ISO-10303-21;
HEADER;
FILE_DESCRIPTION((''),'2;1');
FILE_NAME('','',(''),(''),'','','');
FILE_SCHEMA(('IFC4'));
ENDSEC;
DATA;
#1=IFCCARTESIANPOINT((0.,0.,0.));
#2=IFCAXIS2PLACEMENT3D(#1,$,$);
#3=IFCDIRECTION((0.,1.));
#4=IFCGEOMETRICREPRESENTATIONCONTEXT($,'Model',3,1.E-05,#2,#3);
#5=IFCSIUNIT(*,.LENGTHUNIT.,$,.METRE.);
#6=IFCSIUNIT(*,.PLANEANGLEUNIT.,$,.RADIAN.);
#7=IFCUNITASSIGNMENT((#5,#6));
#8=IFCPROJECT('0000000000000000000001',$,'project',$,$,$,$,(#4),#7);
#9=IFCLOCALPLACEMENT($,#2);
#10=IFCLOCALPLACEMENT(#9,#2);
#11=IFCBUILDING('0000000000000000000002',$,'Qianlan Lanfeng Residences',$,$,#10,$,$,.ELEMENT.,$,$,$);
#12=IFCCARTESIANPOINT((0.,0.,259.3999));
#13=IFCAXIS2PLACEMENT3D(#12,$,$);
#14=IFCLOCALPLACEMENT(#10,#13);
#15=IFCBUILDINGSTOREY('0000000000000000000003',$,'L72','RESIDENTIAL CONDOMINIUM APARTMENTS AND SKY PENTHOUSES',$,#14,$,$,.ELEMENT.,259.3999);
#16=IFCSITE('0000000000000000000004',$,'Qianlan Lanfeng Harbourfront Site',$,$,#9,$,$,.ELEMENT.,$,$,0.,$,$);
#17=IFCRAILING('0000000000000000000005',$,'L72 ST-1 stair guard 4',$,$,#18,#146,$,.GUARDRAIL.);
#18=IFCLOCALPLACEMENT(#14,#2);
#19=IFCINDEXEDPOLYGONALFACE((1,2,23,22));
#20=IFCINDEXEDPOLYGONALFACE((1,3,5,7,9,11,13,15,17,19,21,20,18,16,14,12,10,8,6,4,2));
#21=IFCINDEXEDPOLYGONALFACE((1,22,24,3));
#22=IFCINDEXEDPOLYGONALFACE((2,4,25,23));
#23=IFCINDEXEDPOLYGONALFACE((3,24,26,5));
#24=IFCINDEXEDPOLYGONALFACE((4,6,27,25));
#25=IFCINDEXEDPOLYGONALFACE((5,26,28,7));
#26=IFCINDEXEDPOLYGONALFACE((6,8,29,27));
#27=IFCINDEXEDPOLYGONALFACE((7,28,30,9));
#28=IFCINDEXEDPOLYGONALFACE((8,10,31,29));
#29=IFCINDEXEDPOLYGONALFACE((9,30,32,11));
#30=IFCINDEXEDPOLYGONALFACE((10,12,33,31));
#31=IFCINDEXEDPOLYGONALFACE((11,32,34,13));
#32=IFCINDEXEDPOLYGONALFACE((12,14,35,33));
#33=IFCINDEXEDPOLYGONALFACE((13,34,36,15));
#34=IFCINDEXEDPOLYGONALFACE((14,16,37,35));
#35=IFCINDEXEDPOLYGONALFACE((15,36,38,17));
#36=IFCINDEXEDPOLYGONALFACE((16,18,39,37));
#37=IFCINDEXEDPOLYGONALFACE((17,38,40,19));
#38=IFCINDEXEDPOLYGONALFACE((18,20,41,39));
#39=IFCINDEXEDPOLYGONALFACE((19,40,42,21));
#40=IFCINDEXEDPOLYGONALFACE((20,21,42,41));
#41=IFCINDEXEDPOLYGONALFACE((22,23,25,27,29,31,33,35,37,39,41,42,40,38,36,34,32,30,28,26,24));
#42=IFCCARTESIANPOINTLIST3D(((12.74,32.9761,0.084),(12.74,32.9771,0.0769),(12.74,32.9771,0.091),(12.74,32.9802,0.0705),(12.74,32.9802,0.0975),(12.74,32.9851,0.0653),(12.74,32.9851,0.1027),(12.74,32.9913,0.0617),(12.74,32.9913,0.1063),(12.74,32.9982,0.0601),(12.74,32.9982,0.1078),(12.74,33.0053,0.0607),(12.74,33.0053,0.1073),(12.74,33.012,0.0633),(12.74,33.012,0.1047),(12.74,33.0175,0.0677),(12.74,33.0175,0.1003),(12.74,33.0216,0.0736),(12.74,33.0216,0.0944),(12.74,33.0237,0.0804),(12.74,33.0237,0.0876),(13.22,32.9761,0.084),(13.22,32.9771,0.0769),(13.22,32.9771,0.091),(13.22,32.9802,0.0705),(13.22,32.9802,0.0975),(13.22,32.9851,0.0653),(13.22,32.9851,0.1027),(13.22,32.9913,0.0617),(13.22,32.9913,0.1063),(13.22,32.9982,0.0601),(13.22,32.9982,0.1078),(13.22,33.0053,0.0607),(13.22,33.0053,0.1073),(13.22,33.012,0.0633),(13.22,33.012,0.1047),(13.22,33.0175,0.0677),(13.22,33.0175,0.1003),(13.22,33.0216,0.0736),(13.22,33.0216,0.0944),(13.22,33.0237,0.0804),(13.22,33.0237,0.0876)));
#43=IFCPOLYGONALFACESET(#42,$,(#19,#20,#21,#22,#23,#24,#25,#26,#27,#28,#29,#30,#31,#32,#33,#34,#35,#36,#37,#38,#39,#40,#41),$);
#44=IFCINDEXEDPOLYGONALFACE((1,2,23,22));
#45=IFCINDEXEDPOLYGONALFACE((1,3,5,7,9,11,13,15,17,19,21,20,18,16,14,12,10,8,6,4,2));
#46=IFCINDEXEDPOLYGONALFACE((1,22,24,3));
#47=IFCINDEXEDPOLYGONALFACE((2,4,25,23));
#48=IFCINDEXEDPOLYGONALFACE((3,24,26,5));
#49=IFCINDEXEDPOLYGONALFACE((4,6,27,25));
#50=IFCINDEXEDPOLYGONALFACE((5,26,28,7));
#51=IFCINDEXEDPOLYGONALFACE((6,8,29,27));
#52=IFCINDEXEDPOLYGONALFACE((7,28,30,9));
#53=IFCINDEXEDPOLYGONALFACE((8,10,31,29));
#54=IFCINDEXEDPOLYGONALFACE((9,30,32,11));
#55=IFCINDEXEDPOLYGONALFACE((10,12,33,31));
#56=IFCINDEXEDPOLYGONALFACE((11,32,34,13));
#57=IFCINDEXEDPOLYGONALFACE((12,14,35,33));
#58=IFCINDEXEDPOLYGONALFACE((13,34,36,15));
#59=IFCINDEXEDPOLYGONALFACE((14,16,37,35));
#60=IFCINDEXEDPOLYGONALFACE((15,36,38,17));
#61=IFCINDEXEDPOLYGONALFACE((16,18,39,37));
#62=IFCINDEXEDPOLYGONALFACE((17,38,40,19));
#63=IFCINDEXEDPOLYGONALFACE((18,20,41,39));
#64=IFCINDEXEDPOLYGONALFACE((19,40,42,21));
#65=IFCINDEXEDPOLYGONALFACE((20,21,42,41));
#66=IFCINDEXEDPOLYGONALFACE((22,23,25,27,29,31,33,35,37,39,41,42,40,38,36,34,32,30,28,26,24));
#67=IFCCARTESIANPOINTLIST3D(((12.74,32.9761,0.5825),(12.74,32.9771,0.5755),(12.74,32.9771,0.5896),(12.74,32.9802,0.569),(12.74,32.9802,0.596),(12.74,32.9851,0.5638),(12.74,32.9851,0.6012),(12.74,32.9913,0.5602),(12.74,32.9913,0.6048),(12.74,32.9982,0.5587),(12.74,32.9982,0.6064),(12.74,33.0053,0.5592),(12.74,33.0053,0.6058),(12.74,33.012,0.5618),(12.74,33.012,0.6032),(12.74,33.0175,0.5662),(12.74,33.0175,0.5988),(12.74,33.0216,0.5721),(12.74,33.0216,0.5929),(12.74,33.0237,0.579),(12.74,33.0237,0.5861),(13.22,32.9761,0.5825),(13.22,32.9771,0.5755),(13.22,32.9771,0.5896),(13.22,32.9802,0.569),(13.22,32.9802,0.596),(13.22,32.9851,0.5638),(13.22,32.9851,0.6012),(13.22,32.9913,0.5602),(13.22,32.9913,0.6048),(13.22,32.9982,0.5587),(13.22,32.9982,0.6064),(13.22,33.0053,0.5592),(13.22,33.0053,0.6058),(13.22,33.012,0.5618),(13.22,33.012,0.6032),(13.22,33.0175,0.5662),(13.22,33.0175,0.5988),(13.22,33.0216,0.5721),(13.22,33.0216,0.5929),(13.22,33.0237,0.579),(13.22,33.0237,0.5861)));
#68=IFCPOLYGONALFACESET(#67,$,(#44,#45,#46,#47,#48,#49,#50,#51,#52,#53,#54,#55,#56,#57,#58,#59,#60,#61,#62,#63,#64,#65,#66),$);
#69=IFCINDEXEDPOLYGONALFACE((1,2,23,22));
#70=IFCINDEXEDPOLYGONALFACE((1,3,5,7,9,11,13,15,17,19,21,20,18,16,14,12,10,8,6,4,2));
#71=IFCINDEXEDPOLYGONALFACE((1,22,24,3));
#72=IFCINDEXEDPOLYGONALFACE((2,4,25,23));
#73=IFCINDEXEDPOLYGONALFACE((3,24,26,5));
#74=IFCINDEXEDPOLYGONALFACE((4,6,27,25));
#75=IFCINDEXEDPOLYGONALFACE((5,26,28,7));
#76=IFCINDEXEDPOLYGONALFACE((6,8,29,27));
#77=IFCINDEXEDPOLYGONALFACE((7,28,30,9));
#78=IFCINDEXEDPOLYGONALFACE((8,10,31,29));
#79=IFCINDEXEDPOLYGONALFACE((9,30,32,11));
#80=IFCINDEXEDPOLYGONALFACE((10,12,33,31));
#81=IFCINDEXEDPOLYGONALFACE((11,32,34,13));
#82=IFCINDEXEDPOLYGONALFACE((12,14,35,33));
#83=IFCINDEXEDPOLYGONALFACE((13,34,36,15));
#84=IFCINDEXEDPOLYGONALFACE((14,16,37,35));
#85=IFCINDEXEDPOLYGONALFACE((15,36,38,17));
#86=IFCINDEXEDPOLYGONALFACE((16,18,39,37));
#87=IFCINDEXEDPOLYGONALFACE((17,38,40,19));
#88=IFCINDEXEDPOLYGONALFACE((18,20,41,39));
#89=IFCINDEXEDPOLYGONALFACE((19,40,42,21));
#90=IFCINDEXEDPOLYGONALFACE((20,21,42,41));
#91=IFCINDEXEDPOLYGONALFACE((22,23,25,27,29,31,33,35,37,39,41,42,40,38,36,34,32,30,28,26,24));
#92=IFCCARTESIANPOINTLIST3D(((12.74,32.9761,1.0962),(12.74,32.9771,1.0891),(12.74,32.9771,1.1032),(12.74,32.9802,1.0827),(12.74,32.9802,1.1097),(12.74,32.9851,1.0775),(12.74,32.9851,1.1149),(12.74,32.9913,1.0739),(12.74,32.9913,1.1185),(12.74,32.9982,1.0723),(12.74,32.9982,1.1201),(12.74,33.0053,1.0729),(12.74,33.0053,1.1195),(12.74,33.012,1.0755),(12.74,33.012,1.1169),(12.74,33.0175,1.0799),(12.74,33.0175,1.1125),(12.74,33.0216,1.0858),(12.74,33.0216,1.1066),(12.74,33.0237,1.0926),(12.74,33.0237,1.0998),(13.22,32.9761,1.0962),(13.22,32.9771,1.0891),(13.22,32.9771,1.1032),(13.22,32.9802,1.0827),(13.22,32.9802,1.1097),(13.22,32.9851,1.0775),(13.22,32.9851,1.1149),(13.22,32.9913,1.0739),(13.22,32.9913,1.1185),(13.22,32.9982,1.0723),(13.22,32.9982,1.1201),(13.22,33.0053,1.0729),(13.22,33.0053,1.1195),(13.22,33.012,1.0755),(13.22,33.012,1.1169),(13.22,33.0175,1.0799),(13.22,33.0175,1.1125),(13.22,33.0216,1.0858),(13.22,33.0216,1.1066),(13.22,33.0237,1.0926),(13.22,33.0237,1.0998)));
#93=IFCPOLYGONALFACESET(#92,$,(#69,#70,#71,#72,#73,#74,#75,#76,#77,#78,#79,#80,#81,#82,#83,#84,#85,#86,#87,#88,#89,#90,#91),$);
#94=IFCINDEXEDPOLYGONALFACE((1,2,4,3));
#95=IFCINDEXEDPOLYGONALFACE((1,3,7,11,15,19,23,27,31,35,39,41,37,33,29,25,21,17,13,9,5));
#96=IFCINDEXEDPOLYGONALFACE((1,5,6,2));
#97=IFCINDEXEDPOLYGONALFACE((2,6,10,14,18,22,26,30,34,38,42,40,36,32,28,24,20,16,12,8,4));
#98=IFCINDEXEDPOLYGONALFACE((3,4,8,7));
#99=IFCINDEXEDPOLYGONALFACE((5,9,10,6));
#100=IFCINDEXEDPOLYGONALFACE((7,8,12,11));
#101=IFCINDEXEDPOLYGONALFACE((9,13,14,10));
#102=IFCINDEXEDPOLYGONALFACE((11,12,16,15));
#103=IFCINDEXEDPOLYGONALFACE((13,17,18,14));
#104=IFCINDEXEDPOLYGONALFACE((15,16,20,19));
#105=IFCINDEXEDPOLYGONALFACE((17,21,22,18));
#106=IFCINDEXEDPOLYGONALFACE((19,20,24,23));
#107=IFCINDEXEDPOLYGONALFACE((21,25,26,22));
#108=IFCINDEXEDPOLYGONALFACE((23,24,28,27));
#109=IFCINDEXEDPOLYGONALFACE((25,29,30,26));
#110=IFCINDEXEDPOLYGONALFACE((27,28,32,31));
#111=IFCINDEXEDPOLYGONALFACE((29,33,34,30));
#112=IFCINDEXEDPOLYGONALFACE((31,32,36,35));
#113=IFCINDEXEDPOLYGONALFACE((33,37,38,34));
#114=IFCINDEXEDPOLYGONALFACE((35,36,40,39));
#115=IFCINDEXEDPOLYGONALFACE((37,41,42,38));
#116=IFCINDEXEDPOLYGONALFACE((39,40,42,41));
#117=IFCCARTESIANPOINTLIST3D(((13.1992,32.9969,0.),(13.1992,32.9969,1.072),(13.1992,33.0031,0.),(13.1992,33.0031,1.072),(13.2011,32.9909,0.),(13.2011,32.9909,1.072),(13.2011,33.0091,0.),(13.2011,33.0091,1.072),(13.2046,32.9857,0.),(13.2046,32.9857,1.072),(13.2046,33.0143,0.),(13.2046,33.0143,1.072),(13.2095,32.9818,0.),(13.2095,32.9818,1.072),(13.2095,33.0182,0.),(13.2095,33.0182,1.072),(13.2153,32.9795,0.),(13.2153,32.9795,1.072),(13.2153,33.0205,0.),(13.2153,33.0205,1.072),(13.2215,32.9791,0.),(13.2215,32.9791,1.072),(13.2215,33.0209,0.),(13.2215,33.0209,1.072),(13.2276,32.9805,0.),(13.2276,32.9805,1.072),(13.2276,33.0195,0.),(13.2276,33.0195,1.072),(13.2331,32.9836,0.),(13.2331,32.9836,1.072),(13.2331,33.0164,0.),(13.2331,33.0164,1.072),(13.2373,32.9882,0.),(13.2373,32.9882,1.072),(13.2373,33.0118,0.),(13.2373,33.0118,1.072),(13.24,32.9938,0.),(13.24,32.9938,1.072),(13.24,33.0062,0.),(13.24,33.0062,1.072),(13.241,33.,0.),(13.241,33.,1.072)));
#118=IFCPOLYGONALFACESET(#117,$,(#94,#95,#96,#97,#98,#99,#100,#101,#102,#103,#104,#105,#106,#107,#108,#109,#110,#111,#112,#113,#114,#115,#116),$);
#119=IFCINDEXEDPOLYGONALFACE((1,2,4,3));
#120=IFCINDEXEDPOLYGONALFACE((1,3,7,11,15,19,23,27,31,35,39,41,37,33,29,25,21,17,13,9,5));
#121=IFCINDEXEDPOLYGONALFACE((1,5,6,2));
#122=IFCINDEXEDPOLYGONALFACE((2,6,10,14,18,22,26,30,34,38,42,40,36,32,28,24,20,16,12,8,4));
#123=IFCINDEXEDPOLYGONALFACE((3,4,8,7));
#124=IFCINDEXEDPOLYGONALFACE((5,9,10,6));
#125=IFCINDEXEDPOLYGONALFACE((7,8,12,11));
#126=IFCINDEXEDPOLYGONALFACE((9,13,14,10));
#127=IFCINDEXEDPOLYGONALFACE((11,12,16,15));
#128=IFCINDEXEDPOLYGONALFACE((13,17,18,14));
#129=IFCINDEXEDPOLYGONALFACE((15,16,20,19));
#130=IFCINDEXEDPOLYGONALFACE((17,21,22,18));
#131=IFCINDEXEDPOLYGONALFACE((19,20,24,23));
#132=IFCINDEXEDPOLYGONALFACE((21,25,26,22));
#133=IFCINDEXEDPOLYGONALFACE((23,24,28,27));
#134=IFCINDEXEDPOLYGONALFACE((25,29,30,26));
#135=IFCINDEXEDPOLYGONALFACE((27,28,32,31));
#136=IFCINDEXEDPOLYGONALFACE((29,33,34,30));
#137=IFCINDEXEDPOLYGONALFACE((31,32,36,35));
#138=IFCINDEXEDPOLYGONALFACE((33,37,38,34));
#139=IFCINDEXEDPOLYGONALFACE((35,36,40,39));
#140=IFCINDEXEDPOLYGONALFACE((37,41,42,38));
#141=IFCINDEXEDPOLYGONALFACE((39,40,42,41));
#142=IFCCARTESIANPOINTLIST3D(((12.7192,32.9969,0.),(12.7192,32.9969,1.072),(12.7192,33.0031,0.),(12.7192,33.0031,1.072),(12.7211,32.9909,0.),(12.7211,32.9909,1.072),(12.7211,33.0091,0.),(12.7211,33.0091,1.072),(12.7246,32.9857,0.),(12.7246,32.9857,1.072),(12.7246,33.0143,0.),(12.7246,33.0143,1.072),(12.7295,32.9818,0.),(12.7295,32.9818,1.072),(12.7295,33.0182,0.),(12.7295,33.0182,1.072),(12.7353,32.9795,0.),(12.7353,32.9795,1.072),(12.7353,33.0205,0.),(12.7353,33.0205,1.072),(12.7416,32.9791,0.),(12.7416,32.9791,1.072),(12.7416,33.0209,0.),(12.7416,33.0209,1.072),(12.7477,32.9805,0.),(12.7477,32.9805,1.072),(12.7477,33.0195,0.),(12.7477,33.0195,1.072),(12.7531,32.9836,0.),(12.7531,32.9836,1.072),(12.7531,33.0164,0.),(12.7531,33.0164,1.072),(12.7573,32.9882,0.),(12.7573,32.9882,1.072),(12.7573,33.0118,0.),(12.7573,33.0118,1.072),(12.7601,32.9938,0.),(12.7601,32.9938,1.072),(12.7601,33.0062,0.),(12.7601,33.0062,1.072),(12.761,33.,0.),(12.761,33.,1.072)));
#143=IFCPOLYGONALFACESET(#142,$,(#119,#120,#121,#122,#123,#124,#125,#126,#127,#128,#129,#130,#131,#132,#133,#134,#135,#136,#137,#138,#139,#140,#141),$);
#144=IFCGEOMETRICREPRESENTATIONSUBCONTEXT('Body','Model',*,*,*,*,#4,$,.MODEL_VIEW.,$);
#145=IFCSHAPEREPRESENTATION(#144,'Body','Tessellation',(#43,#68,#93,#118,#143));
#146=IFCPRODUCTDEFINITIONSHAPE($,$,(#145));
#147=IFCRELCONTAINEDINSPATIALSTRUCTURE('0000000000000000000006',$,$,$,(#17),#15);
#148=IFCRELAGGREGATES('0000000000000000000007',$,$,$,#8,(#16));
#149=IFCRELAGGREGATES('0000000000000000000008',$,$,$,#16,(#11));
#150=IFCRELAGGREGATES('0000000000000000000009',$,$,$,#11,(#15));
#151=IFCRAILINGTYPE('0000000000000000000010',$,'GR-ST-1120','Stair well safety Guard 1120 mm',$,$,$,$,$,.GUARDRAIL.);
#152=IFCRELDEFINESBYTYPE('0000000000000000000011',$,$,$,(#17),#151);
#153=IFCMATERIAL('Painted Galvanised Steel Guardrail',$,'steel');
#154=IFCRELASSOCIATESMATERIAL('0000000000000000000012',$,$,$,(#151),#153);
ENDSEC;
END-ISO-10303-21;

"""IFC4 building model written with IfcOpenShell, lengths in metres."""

from ifc_helpers import new_model, si_unit, direction, frame, origin, origin_2d, place, context, subcontext, project, spatial, circle, extrude, material, type_object, element, save


model = new_model("IFC4")

# Units and contexts
model_context = context("Model", 3, precision=1e-05, world=origin(), true_north=direction((0.0, 1.0)))
body_context = subcontext(model_context, "Body", "Model", "MODEL_VIEW")
ifc_project = project(units=[si_unit("LENGTHUNIT", "METRE"), si_unit("PLANEANGLEUNIT", "RADIAN")], contexts=[model_context])

# Site, building, storey
site_placement = place(None, origin())
site = spatial("IfcSite", under=ifc_project, at=site_placement, Name="Qianlan Lanfeng Harbourfront Site", CompositionType="ELEMENT", RefElevation=0.0)
building_placement = place(site_placement, origin())
building = spatial("IfcBuilding", under=site, at=building_placement, Name="Qianlan Lanfeng Residences", CompositionType="ELEMENT")
storey_placement = place(building_placement, frame((0.0, 0.0, 259.3999)))
storey = spatial("IfcBuildingStorey", under=building, at=storey_placement, Name="L72", Description="RESIDENTIAL CONDOMINIUM APARTMENTS AND SKY PENTHOUSES", CompositionType="ELEMENT", Elevation=259.3999)

# Railing
ifc_material_1 = material(Name="Painted Galvanised Steel Guardrail", Category="steel")
railing_type_1 = type_object("IfcRailingType", Name="GR-ST-1120", Description="Stair well safety Guard 1120 mm", PredefinedType="GUARDRAIL", material=ifc_material_1)
railing_1_placement = place(storey_placement, frame((13.22, 33.0, 0.0)))
element("IfcRailing", 1, at=railing_1_placement, inside=storey, type_object=railing_type_1, Name="L72 ST-1 stair guard 4", PredefinedType="GUARDRAIL", context=body_context, shape_type="SweptSolid", body=[
    extrude(circle(Radius=0.0239, at=origin_2d()), frame((0.0, 0.0, 0.084), z_axis=(-1.0, 0.0, 0.0), x_axis=(0.0, -1.0, 0.0)), (0.0, 0.0, 1.0), 0.48),
    extrude(circle(Radius=0.0239, at=origin_2d()), frame((0.0, 0.0, 0.5825), z_axis=(-1.0, 0.0, 0.0), x_axis=(0.0, -1.0, 0.0)), (0.0, 0.0, 1.0), 0.48),
    extrude(circle(Radius=0.0239, at=origin_2d()), frame((0.0, 0.0, 1.0962), z_axis=(-1.0, 0.0, 0.0), x_axis=(0.0, -1.0, 0.0)), (0.0, 0.0, 1.0), 0.48),
    extrude(circle(Radius=0.021, at=origin_2d()), origin(), (0.0, 0.0, 1.0), 1.072),
    extrude(circle(Radius=0.021, at=origin_2d()), frame((-0.48, 0.0, 0.0)), (0.0, 0.0, 1.0), 1.072),
])

save(model, "model.ifc")
